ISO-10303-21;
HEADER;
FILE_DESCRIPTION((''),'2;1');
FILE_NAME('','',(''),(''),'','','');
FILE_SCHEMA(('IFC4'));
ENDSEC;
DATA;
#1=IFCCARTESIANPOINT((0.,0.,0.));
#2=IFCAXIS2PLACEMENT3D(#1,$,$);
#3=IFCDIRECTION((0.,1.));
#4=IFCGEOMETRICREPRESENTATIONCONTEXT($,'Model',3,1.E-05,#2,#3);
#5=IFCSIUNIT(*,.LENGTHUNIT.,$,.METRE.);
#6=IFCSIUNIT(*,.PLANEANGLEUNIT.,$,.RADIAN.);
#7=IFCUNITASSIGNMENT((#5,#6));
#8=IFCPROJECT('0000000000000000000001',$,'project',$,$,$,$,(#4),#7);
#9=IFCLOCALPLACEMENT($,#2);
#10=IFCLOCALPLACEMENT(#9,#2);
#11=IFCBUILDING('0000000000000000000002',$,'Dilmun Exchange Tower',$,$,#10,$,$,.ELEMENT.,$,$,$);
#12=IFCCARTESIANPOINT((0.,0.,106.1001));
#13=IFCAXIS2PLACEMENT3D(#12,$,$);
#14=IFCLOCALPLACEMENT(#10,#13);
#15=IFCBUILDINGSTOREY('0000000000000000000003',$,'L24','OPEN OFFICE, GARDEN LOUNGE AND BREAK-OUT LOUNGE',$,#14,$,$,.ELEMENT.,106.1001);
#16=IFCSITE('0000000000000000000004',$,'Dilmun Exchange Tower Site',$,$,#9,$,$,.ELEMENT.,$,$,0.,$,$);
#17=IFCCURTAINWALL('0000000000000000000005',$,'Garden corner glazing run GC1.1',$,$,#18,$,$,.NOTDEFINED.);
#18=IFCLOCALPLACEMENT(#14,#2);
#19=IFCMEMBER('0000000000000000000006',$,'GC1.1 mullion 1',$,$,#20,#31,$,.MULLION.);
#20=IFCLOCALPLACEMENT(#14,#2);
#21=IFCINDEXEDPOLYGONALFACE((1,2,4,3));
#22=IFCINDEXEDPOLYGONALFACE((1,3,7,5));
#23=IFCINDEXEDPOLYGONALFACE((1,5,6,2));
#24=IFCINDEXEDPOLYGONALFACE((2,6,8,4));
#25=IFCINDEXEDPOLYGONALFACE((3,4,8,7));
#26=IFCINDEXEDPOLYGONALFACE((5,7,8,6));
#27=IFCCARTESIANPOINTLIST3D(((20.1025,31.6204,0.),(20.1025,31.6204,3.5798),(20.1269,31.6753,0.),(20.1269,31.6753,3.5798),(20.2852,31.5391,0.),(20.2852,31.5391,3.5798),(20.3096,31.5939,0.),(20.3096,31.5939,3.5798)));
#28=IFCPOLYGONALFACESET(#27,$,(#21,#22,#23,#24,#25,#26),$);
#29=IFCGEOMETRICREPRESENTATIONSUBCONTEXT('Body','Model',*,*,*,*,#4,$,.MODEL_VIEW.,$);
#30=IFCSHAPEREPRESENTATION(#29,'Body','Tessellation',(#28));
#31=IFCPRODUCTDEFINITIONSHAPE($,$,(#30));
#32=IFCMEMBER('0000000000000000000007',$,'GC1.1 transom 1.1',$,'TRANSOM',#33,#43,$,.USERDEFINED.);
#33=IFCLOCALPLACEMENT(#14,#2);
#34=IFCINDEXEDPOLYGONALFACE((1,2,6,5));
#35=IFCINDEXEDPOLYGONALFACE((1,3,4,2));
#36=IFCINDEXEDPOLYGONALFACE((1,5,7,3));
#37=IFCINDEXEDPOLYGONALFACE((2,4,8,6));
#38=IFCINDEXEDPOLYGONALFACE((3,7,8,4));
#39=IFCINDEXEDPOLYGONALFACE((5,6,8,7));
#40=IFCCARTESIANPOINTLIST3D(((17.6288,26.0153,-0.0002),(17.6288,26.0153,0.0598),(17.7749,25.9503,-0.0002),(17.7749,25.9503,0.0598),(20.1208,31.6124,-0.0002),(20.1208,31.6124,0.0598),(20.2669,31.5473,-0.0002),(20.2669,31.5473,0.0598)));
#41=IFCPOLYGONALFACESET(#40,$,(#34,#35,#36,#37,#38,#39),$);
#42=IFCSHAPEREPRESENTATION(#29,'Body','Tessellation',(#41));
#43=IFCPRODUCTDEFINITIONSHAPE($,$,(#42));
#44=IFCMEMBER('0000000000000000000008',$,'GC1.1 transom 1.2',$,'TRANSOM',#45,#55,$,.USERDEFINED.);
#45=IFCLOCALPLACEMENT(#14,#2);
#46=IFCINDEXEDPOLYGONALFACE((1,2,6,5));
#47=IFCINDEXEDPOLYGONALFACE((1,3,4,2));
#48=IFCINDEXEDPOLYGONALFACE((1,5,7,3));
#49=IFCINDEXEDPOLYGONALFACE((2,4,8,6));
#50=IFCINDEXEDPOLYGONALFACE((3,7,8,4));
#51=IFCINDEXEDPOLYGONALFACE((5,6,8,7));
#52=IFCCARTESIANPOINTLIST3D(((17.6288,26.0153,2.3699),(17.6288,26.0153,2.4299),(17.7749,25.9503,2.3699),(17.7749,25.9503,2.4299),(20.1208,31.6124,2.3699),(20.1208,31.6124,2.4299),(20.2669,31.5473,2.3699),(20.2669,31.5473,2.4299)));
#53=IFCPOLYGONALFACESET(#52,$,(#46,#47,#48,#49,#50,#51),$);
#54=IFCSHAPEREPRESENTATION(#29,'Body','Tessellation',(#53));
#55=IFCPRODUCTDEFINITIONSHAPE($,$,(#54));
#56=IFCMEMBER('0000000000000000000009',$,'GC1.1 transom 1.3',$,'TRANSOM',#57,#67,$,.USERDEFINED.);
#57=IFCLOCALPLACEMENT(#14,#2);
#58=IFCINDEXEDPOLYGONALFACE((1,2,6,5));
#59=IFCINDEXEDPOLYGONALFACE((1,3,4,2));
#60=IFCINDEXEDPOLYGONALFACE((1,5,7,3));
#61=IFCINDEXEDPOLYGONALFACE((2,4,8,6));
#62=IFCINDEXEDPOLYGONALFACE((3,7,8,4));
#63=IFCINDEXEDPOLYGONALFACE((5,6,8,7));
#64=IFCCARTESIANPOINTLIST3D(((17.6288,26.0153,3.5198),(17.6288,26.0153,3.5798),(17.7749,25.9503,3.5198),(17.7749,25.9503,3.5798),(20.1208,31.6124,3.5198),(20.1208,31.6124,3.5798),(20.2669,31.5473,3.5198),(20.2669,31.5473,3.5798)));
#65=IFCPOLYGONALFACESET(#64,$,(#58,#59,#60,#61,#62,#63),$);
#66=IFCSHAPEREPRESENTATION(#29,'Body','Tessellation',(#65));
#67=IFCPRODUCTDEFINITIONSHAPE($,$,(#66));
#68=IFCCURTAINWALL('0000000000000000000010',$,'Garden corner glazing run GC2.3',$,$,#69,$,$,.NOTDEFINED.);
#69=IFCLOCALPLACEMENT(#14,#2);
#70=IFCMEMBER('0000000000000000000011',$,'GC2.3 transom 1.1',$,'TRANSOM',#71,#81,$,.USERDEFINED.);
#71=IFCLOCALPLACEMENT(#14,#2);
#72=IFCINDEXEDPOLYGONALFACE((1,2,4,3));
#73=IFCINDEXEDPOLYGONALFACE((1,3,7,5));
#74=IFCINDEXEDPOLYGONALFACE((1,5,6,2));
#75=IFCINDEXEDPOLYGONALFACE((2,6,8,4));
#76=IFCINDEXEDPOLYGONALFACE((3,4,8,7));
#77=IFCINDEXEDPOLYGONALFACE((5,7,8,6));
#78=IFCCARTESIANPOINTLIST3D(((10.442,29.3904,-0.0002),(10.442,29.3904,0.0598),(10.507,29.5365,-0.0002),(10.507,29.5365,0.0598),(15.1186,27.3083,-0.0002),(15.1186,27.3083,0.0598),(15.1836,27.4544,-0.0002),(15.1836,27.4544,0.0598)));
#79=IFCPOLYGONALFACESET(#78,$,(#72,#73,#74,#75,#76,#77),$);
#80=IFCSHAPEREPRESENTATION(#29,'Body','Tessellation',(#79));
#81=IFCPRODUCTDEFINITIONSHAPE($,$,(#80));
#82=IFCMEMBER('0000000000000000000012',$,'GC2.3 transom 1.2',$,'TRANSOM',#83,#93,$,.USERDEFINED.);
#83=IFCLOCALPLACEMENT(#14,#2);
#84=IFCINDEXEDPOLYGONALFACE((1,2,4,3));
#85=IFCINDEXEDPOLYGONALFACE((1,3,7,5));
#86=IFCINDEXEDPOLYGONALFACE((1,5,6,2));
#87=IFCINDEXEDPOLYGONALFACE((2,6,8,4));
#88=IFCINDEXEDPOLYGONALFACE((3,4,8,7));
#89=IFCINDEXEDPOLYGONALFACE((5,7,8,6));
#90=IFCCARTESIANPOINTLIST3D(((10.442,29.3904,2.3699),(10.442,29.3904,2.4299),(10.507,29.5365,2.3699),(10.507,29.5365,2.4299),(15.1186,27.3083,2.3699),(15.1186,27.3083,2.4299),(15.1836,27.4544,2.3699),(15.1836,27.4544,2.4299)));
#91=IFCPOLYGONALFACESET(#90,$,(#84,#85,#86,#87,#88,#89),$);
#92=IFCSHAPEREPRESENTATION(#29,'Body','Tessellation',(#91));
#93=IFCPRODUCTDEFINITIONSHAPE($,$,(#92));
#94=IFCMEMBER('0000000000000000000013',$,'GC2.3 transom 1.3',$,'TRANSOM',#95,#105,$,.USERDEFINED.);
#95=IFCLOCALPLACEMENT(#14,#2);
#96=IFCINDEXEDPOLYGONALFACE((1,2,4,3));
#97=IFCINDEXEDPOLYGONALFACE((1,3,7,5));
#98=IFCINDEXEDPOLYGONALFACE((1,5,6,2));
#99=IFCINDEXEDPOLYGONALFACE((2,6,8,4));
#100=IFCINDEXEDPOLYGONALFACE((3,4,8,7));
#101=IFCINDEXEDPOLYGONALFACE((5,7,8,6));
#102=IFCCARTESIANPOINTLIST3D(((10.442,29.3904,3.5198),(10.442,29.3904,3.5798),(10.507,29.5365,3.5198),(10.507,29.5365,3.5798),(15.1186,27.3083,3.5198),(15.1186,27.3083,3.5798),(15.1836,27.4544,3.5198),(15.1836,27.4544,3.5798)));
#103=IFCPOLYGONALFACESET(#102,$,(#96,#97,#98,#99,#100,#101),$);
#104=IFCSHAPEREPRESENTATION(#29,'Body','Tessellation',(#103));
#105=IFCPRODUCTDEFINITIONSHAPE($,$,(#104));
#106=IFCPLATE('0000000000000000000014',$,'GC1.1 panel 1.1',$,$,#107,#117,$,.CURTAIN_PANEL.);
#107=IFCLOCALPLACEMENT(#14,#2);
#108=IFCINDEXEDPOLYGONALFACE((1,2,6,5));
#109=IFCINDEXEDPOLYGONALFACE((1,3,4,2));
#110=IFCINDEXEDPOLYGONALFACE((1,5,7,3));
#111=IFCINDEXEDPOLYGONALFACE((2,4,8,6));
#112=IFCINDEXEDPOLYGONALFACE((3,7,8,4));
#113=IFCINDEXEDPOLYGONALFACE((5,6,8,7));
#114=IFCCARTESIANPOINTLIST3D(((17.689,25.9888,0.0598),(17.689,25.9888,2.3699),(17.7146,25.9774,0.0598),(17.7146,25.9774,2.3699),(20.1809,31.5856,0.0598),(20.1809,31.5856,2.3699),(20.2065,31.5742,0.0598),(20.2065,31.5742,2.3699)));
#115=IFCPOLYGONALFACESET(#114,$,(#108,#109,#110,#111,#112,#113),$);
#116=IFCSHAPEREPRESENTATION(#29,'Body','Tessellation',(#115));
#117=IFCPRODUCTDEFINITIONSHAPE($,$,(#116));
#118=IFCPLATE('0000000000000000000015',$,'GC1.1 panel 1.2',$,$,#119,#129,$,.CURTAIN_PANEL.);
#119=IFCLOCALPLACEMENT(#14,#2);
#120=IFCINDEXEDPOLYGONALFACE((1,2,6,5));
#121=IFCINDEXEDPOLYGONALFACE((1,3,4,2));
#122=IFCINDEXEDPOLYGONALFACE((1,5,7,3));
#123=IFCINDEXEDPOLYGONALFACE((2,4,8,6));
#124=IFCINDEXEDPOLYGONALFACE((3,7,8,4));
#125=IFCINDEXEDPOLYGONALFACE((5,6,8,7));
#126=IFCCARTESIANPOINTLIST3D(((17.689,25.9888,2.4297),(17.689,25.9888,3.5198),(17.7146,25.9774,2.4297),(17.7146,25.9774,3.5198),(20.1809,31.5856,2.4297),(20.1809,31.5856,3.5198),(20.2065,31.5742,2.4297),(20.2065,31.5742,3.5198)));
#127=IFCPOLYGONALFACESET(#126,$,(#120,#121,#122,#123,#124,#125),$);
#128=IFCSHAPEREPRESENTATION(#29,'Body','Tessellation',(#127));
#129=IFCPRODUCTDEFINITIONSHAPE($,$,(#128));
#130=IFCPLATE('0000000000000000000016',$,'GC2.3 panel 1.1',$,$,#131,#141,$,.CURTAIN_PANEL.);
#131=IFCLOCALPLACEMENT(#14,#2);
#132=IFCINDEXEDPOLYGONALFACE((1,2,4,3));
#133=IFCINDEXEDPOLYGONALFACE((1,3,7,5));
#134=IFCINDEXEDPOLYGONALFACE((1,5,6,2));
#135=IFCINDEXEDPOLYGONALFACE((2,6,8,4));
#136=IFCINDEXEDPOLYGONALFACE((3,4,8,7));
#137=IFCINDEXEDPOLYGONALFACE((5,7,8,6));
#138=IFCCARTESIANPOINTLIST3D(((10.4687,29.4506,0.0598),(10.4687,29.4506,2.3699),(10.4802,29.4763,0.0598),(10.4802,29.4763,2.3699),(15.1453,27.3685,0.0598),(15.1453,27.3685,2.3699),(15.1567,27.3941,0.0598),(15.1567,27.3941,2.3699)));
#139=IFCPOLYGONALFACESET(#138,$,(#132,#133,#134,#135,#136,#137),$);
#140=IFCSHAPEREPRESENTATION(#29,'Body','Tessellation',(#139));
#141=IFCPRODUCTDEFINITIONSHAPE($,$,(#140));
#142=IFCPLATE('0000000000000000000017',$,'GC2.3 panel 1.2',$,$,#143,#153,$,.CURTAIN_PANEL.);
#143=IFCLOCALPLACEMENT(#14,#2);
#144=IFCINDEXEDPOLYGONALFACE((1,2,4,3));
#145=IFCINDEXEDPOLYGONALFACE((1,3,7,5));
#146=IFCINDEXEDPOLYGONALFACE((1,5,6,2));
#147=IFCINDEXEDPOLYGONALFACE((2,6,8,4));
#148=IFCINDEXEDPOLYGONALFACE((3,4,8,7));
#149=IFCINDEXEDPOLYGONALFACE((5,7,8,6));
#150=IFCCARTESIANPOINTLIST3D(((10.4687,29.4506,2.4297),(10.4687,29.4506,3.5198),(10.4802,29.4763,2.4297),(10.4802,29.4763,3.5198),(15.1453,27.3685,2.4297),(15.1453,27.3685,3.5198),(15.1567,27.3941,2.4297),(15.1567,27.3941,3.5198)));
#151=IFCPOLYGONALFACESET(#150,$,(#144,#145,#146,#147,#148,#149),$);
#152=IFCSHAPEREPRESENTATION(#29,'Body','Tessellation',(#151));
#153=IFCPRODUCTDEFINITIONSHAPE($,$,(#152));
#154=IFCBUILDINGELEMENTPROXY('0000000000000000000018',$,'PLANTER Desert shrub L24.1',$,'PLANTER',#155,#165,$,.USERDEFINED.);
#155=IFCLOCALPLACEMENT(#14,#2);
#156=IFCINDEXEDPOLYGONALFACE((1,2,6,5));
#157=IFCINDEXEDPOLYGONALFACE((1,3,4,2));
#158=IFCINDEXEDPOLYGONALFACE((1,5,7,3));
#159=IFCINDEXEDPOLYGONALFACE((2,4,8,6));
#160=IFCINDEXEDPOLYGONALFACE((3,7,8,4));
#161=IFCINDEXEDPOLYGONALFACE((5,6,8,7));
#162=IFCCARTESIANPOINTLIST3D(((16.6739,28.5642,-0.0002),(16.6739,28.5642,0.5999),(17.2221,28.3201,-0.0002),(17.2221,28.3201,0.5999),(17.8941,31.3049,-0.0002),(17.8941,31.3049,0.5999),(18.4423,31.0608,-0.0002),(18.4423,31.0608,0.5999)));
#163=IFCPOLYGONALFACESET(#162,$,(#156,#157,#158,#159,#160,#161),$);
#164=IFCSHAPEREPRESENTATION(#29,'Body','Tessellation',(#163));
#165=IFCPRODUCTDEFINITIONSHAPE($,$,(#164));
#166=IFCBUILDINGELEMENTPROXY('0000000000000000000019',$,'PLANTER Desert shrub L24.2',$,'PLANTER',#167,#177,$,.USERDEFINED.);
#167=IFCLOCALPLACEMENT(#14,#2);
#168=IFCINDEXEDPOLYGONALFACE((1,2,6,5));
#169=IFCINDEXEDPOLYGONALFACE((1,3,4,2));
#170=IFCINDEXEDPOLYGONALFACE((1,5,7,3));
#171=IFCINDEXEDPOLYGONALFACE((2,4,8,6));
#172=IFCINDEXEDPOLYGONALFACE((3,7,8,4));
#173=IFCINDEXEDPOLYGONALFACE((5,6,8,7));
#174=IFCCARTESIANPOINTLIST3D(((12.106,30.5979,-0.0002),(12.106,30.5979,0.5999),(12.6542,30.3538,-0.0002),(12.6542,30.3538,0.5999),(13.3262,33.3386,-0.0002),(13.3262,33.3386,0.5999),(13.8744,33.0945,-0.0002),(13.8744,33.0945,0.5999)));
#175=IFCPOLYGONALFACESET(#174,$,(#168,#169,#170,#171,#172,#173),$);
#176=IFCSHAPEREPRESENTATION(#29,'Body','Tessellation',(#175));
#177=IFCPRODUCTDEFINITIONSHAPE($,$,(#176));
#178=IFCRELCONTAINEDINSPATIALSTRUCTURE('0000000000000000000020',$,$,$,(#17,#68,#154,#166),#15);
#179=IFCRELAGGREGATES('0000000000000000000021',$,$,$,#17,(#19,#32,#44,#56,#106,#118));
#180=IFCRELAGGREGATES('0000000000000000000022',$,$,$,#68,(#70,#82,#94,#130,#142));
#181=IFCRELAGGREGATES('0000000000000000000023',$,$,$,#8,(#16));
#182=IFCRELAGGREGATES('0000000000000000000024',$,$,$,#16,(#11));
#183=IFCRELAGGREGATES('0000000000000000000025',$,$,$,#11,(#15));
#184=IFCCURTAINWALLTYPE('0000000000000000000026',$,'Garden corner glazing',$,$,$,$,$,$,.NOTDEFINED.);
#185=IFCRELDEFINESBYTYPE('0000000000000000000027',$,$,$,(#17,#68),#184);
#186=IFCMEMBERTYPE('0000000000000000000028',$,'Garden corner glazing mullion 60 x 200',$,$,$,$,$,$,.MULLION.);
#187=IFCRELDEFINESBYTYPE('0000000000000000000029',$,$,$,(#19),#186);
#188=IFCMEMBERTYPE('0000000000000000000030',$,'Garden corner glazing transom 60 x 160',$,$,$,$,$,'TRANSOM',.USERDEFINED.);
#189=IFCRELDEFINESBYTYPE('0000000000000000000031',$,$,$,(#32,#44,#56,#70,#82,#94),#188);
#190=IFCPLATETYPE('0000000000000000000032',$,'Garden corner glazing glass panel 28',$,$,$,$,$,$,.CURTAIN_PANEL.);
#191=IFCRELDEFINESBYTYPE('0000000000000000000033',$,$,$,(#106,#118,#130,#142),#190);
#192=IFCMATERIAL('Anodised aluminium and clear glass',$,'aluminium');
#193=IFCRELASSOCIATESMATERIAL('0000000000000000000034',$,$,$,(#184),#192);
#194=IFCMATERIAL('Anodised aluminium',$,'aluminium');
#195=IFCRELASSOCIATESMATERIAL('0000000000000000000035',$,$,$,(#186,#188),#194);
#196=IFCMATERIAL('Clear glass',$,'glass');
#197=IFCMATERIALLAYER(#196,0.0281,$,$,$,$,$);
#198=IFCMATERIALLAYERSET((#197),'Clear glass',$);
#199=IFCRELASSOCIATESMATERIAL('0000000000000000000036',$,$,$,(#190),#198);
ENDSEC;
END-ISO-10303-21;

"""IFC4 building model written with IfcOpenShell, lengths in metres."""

from ifc_helpers import new_model, si_unit, direction, frame, origin, origin_2d, place, context, subcontext, project, spatial, rectangle, extrude, material, layer, layer_set, material_profile, profile_set, type_object, element, aggregate, save


model = new_model("IFC4")

# Units and contexts
model_context = context("Model", 3, precision=1e-05, world=origin(), true_north=direction((0.0, 1.0)))
body_context = subcontext(model_context, "Body", "Model", "MODEL_VIEW")
ifc_project = project(units=[si_unit("LENGTHUNIT", "METRE"), si_unit("PLANEANGLEUNIT", "RADIAN")], contexts=[model_context])

# Site, building, storey
site_placement = place(None, origin())
site = spatial("IfcSite", under=ifc_project, at=site_placement, Name="Dilmun Exchange Tower Site", CompositionType="ELEMENT", RefElevation=0.0)
building_placement = place(site_placement, origin())
building = spatial("IfcBuilding", under=site, at=building_placement, Name="Dilmun Exchange Tower", CompositionType="ELEMENT")
storey_placement = place(building_placement, frame((0.0, 0.0, 106.1001)))
storey = spatial("IfcBuildingStorey", under=building, at=storey_placement, Name="L24", Description="OPEN OFFICE, GARDEN LOUNGE AND BREAK-OUT LOUNGE", CompositionType="ELEMENT", Elevation=106.1001)

# Curtain walls, members
ifc_material_1 = material(Name="Anodised aluminium and clear glass", Category="aluminium")
curtain_wall_type = type_object("IfcCurtainWallType", Name="Garden corner glazing", PredefinedType="NOTDEFINED", material=ifc_material_1)
curtain_wall_1_placement = place(storey_placement, origin())
curtain_wall_1 = element("IfcCurtainWall", 1, at=curtain_wall_1_placement, inside=storey, type_object=curtain_wall_type, Name="Garden corner glazing run GC1.1", PredefinedType="NOTDEFINED")
ifc_material_2 = material(Name="Anodised aluminium", Category="aluminium")
ifc_material_profile_1 = material_profile(ifc_material_2, rectangle(XDim=0.2, YDim=0.0601, at=origin_2d()), Name="AL 60x200")
ifc_profile_set_1 = profile_set([ifc_material_profile_1], Name="Anodised aluminium")
member_type_1 = type_object("IfcMemberType", Name="Garden corner glazing mullion 60 x 200", PredefinedType="MULLION", material=ifc_profile_set_1)
member_1_placement = place(storey_placement, frame((20.2061, 31.6072, 0.0), z_axis=(0.0, 0.0, 1.0), x_axis=(0.913543, -0.406743, 0.0)))
member_1 = element("IfcMember", 2, at=member_1_placement, type_object=member_type_1, Name="GC1.1 mullion 1", PredefinedType="MULLION", context=body_context, shape_type="SweptSolid", body=[
    extrude(rectangle(XDim=0.2, YDim=0.0601, at=origin_2d()), origin(), (0.0, 0.0, 1.0), 3.5798),
])
ifc_material_profile_2 = material_profile(ifc_material_2, rectangle(XDim=0.1599, YDim=0.0601, at=origin_2d()), Name="AL 60x160")
ifc_profile_set_2 = profile_set([ifc_material_profile_2], Name="Anodised aluminium")
member_type_2 = type_object("IfcMemberType", Name="Garden corner glazing transom 60 x 160", ElementType="TRANSOM", PredefinedType="USERDEFINED", material=ifc_profile_set_2)
member_2_placement = place(storey_placement, frame((20.1938, 31.5798, 0.0298), z_axis=(-0.406741, -0.913543, 0.0), x_axis=(0.913543, -0.406741, 0.0)))
member_2 = element("IfcMember", 3, at=member_2_placement, type_object=member_type_2, Name="GC1.1 transom 1.1", ObjectType="TRANSOM", PredefinedType="USERDEFINED", context=body_context, shape_type="SweptSolid", body=[
    extrude(rectangle(XDim=0.1599, YDim=0.0601, at=origin_2d()), origin(), (0.0, 0.0, 1.0), 6.1267),
])
member_3_placement = place(storey_placement, frame((20.1938, 31.5798, 2.3999), z_axis=(-0.406741, -0.913543, 0.0), x_axis=(0.913543, -0.406741, 0.0)))
member_3 = element("IfcMember", 4, at=member_3_placement, type_object=member_type_2, Name="GC1.1 transom 1.2", ObjectType="TRANSOM", PredefinedType="USERDEFINED", context=body_context, shape_type="SweptSolid", body=[
    extrude(rectangle(XDim=0.1599, YDim=0.0601, at=origin_2d()), origin(), (0.0, 0.0, 1.0), 6.1267),
])
member_4_placement = place(storey_placement, frame((20.1938, 31.5798, 3.5498), z_axis=(-0.406741, -0.913543, 0.0), x_axis=(0.913543, -0.406741, 0.0)))
member_4 = element("IfcMember", 5, at=member_4_placement, type_object=member_type_2, Name="GC1.1 transom 1.3", ObjectType="TRANSOM", PredefinedType="USERDEFINED", context=body_context, shape_type="SweptSolid", body=[
    extrude(rectangle(XDim=0.1599, YDim=0.0601, at=origin_2d()), origin(), (0.0, 0.0, 1.0), 6.1267),
])
curtain_wall_2_placement = place(storey_placement, origin())
curtain_wall_2 = element("IfcCurtainWall", 6, at=curtain_wall_2_placement, inside=storey, type_object=curtain_wall_type, Name="Garden corner glazing run GC2.3", PredefinedType="NOTDEFINED")
member_5_placement = place(storey_placement, frame((15.1511, 27.3813, 0.0298), z_axis=(-0.913552, 0.406722, 0.0), x_axis=(-0.406722, -0.913552, 0.0)))
member_5 = element("IfcMember", 7, at=member_5_placement, type_object=member_type_2, Name="GC2.3 transom 1.1", ObjectType="TRANSOM", PredefinedType="USERDEFINED", context=body_context, shape_type="SweptSolid", body=[
    extrude(rectangle(XDim=0.1599, YDim=0.0601, at=origin_2d()), origin(), (0.0, 0.0, 1.0), 5.1191),
])
member_6_placement = place(storey_placement, frame((15.1511, 27.3813, 2.3999), z_axis=(-0.913552, 0.406722, 0.0), x_axis=(-0.406722, -0.913552, 0.0)))
member_6 = element("IfcMember", 8, at=member_6_placement, type_object=member_type_2, Name="GC2.3 transom 1.2", ObjectType="TRANSOM", PredefinedType="USERDEFINED", context=body_context, shape_type="SweptSolid", body=[
    extrude(rectangle(XDim=0.1599, YDim=0.0601, at=origin_2d()), origin(), (0.0, 0.0, 1.0), 5.1191),
])
member_7_placement = place(storey_placement, frame((15.1511, 27.3813, 3.5498), z_axis=(-0.913552, 0.406722, 0.0), x_axis=(-0.406722, -0.913552, 0.0)))
member_7 = element("IfcMember", 9, at=member_7_placement, type_object=member_type_2, Name="GC2.3 transom 1.3", ObjectType="TRANSOM", PredefinedType="USERDEFINED", context=body_context, shape_type="SweptSolid", body=[
    extrude(rectangle(XDim=0.1599, YDim=0.0601, at=origin_2d()), origin(), (0.0, 0.0, 1.0), 5.1191),
])

# Plates
ifc_material_3 = material(Name="Clear glass", Category="glass")
ifc_layer_1 = layer(ifc_material_3, 0.0281)
ifc_layer_set_1 = layer_set([ifc_layer_1], Name="Clear glass")
plate_type = type_object("IfcPlateType", Name="Garden corner glazing glass panel 28", PredefinedType="CURTAIN_PANEL", material=ifc_layer_set_1)
plate_1_placement = place(storey_placement, frame((18.9478, 28.7815, 0.0598), z_axis=(0.0, 0.0, 1.0), x_axis=(-0.406743, -0.913543, 0.0)))
plate_1 = element("IfcPlate", 10, at=plate_1_placement, type_object=plate_type, Name="GC1.1 panel 1.1", PredefinedType="CURTAIN_PANEL", context=body_context, shape_type="SweptSolid", body=[
    extrude(rectangle(XDim=6.1265, YDim=0.0281, at=origin_2d()), origin(), (0.0, 0.0, 1.0), 2.3101),
])
plate_2_placement = place(storey_placement, frame((18.9478, 28.7815, 2.4297), z_axis=(0.0, 0.0, 1.0), x_axis=(-0.406743, -0.913543, 0.0)))
plate_2 = element("IfcPlate", 11, at=plate_2_placement, type_object=plate_type, Name="GC1.1 panel 1.2", PredefinedType="CURTAIN_PANEL", context=body_context, shape_type="SweptSolid", body=[
    extrude(rectangle(XDim=6.1265, YDim=0.0281, at=origin_2d()), origin(), (0.0, 0.0, 1.0), 1.0901),
])
aggregate(curtain_wall_1, [member_1, member_2, member_3, member_4, plate_1, plate_2])
plate_3_placement = place(storey_placement, frame((12.8127, 28.4224, 0.0598), z_axis=(0.0, 0.0, 1.0), x_axis=(-0.913546, 0.406735, 0.0)))
plate_3 = element("IfcPlate", 12, at=plate_3_placement, type_object=plate_type, Name="GC2.3 panel 1.1", PredefinedType="CURTAIN_PANEL", context=body_context, shape_type="SweptSolid", body=[
    extrude(rectangle(XDim=5.1191, YDim=0.0281, at=origin_2d()), origin(), (0.0, 0.0, 1.0), 2.3101),
])
plate_4_placement = place(storey_placement, frame((12.8127, 28.4224, 2.4297), z_axis=(0.0, 0.0, 1.0), x_axis=(-0.913546, 0.406735, 0.0)))
plate_4 = element("IfcPlate", 13, at=plate_4_placement, type_object=plate_type, Name="GC2.3 panel 1.2", PredefinedType="CURTAIN_PANEL", context=body_context, shape_type="SweptSolid", body=[
    extrude(rectangle(XDim=5.1191, YDim=0.0281, at=origin_2d()), origin(), (0.0, 0.0, 1.0), 1.0901),
])
aggregate(curtain_wall_2, [member_5, member_6, member_7, plate_3, plate_4])

# Building element proxies
for number, where, z_axis, x_axis, name in (
    (14, (17.5581, 29.8125, -0.0002), (0.0, 0.0, 1.0), (0.406737, 0.913545, 0.0), "PLANTER Desert shrub L24.1"),
    (15, (12.9902, 31.8462, -0.0002), (0.0, 0.0, 1.0), (0.406737, 0.913545, 0.0), "PLANTER Desert shrub L24.2"),
):
    element("IfcBuildingElementProxy", number, at=place(storey_placement, frame(where, z_axis=z_axis, x_axis=x_axis)), inside=storey, Name=name, ObjectType="PLANTER", PredefinedType="USERDEFINED", context=body_context, shape_type="SweptSolid", body=[
        extrude(rectangle(XDim=3.0, YDim=0.6001, at=origin_2d()), origin(), (0.0, 0.0, 1.0), 0.6001),
    ])

save(model, "model.ifc")
